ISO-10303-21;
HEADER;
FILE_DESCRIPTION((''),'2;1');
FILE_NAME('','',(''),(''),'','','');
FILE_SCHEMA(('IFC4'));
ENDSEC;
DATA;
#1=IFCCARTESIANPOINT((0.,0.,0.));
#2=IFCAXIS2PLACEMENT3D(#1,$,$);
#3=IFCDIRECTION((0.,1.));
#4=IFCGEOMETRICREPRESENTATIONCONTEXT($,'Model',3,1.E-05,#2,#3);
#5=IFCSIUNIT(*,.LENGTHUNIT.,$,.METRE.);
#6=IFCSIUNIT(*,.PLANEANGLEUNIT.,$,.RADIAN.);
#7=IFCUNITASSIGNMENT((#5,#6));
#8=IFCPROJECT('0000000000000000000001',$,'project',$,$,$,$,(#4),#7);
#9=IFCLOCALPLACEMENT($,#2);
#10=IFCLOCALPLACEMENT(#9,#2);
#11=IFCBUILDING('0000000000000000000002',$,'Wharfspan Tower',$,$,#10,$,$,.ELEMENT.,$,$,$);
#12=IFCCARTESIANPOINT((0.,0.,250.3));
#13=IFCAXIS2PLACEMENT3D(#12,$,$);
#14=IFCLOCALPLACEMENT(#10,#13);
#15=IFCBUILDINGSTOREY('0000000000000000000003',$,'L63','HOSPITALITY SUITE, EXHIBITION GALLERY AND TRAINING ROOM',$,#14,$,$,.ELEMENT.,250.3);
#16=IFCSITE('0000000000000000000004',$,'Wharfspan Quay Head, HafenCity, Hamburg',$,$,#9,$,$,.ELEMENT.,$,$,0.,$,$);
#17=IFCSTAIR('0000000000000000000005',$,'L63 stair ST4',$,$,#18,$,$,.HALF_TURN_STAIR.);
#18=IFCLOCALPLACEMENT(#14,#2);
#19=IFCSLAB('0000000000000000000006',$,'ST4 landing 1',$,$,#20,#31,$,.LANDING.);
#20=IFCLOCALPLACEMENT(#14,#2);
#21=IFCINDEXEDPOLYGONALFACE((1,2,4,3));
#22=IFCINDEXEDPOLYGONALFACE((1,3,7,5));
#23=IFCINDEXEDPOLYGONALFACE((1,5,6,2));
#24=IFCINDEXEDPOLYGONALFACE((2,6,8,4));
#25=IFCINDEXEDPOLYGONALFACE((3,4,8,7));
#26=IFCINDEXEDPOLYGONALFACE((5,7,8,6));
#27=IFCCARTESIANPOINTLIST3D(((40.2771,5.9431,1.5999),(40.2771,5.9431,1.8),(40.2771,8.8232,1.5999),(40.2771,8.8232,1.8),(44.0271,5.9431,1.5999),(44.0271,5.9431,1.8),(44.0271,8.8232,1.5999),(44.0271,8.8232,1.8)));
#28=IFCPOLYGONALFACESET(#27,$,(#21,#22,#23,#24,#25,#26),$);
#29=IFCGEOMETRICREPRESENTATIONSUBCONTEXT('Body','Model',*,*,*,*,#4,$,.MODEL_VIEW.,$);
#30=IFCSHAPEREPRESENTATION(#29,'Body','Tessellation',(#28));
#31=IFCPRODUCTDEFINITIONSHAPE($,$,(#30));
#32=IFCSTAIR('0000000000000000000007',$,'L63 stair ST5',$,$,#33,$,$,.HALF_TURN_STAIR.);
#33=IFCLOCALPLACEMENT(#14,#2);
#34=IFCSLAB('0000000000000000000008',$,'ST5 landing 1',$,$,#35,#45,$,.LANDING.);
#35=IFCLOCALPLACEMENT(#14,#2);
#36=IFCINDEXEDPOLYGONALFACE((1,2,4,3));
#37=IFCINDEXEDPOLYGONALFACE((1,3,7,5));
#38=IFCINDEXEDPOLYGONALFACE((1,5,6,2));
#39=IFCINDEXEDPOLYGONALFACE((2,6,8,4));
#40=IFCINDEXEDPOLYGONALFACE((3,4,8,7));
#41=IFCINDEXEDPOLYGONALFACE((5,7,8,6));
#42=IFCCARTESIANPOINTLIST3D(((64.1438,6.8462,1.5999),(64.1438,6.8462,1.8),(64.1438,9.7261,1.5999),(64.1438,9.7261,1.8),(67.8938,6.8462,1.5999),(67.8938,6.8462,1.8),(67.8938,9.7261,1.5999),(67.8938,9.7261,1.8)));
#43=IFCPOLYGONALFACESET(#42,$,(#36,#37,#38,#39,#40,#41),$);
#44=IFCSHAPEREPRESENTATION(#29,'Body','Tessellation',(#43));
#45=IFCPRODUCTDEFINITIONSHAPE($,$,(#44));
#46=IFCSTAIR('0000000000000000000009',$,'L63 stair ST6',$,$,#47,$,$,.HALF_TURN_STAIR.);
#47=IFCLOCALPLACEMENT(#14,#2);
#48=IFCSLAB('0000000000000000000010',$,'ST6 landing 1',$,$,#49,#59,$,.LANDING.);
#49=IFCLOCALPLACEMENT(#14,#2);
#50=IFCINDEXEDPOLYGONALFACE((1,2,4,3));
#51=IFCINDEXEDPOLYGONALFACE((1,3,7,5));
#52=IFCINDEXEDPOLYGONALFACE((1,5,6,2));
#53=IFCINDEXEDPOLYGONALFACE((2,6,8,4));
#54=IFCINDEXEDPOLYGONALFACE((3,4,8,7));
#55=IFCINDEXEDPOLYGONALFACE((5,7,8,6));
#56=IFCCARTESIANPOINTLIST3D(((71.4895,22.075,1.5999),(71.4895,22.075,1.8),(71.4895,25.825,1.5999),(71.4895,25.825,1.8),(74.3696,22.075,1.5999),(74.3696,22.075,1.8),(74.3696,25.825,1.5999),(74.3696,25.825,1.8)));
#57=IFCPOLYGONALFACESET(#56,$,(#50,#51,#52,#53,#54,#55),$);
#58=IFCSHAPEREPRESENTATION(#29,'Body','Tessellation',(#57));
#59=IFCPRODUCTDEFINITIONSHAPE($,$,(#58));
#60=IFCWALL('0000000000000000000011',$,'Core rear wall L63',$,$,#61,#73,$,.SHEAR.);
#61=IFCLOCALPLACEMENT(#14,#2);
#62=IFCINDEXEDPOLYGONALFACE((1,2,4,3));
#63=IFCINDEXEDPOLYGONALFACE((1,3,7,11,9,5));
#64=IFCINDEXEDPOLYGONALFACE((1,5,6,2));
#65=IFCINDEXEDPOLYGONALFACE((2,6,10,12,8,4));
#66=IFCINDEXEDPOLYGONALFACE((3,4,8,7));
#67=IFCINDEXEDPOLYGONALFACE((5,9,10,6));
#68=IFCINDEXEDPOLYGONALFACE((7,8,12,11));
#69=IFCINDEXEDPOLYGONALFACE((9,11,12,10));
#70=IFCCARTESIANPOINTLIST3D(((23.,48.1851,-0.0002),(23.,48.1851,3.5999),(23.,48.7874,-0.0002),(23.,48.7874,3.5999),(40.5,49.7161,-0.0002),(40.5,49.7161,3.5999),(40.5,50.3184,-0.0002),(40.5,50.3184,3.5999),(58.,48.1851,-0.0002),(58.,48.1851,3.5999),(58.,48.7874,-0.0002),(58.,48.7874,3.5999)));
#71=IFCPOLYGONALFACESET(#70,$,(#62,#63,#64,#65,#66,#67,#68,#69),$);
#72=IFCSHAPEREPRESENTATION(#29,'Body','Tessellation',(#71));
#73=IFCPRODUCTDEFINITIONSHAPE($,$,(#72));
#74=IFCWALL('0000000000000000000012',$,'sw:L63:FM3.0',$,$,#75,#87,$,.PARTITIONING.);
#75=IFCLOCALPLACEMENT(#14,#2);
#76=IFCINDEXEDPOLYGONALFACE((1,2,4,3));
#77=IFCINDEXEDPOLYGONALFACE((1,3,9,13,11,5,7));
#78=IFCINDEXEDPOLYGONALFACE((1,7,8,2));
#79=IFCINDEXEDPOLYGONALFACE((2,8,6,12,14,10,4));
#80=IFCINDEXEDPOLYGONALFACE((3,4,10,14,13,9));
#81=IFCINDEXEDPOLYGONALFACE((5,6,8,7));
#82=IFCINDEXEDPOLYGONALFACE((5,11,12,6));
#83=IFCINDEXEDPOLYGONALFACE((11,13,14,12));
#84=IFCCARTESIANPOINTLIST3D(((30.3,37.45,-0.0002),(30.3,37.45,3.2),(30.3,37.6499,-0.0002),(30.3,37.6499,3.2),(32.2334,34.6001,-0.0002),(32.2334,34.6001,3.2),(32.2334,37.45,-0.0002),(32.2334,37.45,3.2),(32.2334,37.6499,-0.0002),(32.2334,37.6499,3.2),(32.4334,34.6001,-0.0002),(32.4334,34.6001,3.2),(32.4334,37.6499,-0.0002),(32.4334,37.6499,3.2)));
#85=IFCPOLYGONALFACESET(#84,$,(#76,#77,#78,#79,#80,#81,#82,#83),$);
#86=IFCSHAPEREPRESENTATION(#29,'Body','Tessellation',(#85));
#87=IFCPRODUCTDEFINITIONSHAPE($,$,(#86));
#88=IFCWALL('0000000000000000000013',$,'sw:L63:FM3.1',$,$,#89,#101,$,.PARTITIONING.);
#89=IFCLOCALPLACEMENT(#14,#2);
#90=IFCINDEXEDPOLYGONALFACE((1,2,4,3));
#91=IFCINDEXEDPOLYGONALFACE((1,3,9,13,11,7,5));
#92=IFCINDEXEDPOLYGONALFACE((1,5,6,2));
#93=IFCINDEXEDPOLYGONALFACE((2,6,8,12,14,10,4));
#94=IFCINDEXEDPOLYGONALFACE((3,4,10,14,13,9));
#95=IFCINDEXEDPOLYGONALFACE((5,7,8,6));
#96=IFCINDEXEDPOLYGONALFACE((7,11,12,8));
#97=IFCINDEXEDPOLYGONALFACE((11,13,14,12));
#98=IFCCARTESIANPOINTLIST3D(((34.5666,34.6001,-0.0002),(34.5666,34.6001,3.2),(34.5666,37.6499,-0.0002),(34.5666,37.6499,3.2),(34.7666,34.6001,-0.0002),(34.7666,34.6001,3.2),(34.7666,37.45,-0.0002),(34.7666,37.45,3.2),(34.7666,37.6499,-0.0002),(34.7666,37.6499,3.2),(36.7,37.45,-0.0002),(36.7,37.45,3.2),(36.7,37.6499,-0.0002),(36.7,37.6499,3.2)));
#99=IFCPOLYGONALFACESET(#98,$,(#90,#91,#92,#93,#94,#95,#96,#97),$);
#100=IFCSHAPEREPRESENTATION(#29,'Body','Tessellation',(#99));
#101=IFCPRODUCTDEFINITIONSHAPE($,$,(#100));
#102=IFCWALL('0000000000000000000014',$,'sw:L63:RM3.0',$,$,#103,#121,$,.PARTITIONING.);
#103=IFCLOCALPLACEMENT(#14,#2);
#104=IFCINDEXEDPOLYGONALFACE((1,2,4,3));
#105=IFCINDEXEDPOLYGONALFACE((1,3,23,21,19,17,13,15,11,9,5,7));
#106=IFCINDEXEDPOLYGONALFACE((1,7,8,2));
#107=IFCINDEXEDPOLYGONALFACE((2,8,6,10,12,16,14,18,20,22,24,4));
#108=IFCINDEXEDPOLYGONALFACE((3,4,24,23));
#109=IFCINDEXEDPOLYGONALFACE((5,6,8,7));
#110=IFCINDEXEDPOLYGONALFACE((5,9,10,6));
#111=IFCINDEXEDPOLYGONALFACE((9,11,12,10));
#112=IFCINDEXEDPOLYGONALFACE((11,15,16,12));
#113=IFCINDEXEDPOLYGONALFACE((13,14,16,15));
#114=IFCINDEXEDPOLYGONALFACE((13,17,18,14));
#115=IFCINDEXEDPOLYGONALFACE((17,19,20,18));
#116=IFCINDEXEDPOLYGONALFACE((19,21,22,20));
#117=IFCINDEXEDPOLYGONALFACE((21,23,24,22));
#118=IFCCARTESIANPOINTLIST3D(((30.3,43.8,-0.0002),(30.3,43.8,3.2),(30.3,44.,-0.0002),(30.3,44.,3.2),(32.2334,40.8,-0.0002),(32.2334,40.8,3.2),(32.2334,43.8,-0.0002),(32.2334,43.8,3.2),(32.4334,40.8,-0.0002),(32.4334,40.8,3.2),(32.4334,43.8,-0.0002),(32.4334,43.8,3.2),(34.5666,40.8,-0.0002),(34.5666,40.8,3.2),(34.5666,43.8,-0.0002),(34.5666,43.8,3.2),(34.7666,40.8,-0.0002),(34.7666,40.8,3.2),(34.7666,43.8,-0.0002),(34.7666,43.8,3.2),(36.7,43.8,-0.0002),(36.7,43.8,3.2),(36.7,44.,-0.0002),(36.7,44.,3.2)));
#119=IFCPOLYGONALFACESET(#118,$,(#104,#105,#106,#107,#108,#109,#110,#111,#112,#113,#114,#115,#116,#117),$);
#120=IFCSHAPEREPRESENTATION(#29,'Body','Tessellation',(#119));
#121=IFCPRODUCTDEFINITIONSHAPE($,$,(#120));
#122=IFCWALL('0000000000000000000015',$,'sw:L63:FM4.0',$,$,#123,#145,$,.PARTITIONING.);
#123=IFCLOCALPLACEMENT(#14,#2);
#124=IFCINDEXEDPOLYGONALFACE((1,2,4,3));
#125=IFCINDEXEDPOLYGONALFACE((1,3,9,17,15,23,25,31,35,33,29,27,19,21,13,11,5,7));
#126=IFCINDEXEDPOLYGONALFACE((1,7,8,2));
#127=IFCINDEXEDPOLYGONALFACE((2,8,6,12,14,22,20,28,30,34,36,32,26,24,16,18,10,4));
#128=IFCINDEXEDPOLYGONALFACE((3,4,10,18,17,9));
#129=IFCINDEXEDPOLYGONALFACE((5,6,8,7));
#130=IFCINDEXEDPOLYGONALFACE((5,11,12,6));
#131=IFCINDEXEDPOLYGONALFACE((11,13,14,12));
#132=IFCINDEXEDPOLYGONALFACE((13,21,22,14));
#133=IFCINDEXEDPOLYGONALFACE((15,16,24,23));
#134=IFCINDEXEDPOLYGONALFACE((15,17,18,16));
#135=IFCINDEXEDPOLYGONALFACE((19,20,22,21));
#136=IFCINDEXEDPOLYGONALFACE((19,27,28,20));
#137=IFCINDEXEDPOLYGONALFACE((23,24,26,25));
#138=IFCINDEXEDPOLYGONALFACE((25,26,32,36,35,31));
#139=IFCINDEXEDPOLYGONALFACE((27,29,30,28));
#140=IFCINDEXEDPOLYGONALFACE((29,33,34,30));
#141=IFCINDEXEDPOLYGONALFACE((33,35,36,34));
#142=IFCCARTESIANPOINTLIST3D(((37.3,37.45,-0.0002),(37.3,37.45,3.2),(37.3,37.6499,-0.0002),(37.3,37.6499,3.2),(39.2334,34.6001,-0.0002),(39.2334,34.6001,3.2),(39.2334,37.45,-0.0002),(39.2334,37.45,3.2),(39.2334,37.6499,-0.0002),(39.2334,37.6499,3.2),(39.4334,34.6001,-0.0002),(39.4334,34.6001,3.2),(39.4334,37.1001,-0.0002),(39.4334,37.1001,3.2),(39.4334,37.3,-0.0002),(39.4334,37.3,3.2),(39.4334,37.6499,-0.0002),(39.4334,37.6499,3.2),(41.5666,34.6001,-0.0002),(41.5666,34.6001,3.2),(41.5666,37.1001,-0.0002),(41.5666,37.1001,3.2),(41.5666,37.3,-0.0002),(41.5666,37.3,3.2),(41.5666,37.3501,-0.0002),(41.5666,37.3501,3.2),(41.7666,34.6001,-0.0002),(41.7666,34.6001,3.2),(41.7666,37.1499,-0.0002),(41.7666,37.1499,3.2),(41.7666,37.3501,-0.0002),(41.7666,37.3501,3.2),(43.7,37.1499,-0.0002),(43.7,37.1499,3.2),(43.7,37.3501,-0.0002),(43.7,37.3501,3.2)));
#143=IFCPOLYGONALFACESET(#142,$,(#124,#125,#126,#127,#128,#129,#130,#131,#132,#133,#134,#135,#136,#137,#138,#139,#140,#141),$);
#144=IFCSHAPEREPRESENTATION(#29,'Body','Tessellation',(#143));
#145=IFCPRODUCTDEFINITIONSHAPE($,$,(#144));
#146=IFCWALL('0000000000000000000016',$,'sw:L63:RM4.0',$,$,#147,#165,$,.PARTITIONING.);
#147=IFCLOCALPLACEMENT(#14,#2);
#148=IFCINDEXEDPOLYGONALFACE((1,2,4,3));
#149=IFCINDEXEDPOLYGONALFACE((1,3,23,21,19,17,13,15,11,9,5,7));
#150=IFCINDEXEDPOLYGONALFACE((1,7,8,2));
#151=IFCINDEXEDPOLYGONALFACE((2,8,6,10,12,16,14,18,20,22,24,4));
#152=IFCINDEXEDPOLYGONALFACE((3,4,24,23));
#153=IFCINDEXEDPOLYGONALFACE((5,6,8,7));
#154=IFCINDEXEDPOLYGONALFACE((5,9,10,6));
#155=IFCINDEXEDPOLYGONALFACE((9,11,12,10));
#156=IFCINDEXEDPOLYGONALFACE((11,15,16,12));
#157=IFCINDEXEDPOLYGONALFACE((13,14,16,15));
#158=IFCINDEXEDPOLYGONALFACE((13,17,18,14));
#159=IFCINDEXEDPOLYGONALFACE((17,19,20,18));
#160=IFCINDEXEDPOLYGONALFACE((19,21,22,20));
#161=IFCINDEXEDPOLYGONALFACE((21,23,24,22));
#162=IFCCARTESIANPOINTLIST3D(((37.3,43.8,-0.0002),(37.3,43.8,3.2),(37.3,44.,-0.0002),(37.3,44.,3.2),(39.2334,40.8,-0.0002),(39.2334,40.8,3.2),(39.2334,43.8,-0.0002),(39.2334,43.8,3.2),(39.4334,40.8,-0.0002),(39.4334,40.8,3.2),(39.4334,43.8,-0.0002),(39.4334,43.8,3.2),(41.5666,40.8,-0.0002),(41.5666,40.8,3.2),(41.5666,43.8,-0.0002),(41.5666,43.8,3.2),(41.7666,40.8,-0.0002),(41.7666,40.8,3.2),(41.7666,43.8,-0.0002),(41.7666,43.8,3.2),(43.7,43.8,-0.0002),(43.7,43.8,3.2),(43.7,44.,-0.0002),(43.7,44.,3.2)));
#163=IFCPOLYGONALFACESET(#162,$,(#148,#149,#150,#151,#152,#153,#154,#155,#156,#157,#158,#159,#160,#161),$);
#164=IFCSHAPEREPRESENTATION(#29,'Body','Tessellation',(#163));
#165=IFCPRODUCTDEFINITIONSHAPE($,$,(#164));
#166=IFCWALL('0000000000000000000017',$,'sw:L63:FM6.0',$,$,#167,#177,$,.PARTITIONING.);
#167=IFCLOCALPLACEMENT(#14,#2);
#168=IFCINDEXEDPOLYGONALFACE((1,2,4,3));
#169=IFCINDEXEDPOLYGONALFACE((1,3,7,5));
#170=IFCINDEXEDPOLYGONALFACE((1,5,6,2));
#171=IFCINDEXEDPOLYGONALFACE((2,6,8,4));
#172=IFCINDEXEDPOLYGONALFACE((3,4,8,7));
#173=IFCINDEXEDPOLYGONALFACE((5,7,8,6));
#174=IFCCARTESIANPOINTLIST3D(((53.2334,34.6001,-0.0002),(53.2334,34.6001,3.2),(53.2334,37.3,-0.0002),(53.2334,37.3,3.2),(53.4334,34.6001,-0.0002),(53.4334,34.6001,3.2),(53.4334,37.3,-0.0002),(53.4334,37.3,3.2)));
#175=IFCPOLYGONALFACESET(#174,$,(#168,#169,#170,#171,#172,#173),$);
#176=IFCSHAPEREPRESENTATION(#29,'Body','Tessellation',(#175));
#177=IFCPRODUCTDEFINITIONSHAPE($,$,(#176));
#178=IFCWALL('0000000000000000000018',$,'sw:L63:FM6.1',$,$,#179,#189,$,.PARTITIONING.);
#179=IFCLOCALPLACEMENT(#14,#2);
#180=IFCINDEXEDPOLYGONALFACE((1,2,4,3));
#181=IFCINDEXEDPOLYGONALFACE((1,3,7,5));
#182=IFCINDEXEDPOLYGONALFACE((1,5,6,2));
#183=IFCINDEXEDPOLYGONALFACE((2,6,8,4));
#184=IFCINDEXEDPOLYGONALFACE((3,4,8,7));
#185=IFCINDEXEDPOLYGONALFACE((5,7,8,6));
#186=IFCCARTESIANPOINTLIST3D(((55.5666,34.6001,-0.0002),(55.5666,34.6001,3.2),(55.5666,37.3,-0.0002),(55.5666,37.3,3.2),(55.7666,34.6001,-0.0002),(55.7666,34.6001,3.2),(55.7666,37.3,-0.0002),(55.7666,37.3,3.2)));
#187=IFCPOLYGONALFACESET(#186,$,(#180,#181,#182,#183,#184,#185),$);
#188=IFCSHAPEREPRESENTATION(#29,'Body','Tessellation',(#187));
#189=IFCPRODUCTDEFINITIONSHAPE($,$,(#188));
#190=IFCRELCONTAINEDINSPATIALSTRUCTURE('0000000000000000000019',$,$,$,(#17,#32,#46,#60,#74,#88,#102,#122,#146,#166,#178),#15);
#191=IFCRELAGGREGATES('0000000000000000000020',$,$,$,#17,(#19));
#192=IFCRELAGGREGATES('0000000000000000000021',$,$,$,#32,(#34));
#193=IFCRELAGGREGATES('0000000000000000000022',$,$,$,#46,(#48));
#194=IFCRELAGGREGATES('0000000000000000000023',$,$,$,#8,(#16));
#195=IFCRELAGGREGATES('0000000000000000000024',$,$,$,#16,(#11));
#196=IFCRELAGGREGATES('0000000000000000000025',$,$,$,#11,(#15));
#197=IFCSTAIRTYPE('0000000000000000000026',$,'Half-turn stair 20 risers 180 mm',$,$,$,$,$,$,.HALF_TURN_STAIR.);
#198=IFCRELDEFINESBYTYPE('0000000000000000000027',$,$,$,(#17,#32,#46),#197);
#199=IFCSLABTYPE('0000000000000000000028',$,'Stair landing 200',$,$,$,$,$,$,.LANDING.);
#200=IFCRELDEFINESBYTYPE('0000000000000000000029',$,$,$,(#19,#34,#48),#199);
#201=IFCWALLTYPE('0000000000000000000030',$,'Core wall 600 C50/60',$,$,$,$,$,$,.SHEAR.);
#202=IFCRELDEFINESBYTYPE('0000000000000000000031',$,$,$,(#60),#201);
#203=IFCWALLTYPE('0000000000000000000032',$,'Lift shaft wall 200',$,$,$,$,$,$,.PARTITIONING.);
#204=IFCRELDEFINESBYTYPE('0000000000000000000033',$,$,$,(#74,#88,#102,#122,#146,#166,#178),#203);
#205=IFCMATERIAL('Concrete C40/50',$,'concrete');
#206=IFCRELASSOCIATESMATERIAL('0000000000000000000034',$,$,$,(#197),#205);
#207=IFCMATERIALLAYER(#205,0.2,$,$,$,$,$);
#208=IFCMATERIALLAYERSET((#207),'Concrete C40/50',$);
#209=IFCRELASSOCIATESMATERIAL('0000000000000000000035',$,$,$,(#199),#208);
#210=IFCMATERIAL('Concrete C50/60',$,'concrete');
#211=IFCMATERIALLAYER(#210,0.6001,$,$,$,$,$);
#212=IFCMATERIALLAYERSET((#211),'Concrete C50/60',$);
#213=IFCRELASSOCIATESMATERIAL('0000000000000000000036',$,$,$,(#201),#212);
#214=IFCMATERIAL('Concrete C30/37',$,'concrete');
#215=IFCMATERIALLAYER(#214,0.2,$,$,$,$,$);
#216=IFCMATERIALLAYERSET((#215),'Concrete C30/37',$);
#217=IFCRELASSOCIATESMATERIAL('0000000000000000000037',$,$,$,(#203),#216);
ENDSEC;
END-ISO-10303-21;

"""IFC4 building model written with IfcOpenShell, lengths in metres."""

from ifc_helpers import new_model, si_unit, direction, frame, origin, place, context, subcontext, project, spatial, polyline, outline, extrude, material, layer, layer_set, type_object, element, aggregate, save


model = new_model("IFC4")

# Units and contexts
model_context = context("Model", 3, precision=1e-05, world=origin(), true_north=direction((0.0, 1.0)))
body_context = subcontext(model_context, "Body", "Model", "MODEL_VIEW")
ifc_project = project(units=[si_unit("LENGTHUNIT", "METRE"), si_unit("PLANEANGLEUNIT", "RADIAN")], contexts=[model_context])

# Site, building, storey
site_placement = place(None, origin())
site = spatial("IfcSite", under=ifc_project, at=site_placement, Name="Wharfspan Quay Head, HafenCity, Hamburg", CompositionType="ELEMENT", RefElevation=0.0)
building_placement = place(site_placement, origin())
building = spatial("IfcBuilding", under=site, at=building_placement, Name="Wharfspan Tower", CompositionType="ELEMENT")
storey_placement = place(building_placement, frame((0.0, 0.0, 250.3)))
storey = spatial("IfcBuildingStorey", under=building, at=storey_placement, Name="L63", Description="HOSPITALITY SUITE, EXHIBITION GALLERY AND TRAINING ROOM", CompositionType="ELEMENT", Elevation=250.3)

# Shared definitions
ifc_material_1 = material(Name="Concrete C40/50", Category="concrete")

# Stairs, slabs
stair_type = type_object("IfcStairType", Name="Half-turn stair 20 risers 180 mm", PredefinedType="HALF_TURN_STAIR", material=ifc_material_1)
ifc_layer_1 = layer(ifc_material_1, 0.2)
ifc_layer_set_1 = layer_set([ifc_layer_1], Name="Concrete C40/50")
slab_type_1 = type_object("IfcSlabType", Name="Stair landing 200", PredefinedType="LANDING", material=ifc_layer_set_1)
stair_1_placement = place(storey_placement, origin())
stair_1 = element("IfcStair", 1, at=stair_1_placement, inside=storey, type_object=stair_type, Name="L63 stair ST4", PredefinedType="HALF_TURN_STAIR")
slab_1_placement = place(storey_placement, frame((0.0, 0.0, 1.5999)))
slab_1 = element("IfcSlab", 2, at=slab_1_placement, type_object=slab_type_1, Name="ST4 landing 1", PredefinedType="LANDING", context=body_context, shape_type="SweptSolid", body=[
    extrude(outline(polyline([(40.2771, 8.8232), (40.2771, 5.9431), (44.0271, 5.9431), (44.0271, 8.8232), (40.2771, 8.8232)])), origin(), (0.0, 0.0, 1.0), 0.2002),
])
aggregate(stair_1, [slab_1])
stair_2_placement = place(storey_placement, origin())
stair_2 = element("IfcStair", 3, at=stair_2_placement, inside=storey, type_object=stair_type, Name="L63 stair ST5", PredefinedType="HALF_TURN_STAIR")
slab_2_placement = place(storey_placement, frame((0.0, 0.0, 1.5999)))
slab_2 = element("IfcSlab", 4, at=slab_2_placement, type_object=slab_type_1, Name="ST5 landing 1", PredefinedType="LANDING", context=body_context, shape_type="SweptSolid", body=[
    extrude(outline(polyline([(64.1438, 9.7261), (64.1438, 6.8462), (67.8938, 6.8462), (67.8938, 9.7261), (64.1438, 9.7261)])), origin(), (0.0, 0.0, 1.0), 0.2002),
])
aggregate(stair_2, [slab_2])
stair_3_placement = place(storey_placement, origin())
stair_3 = element("IfcStair", 5, at=stair_3_placement, inside=storey, type_object=stair_type, Name="L63 stair ST6", PredefinedType="HALF_TURN_STAIR")
slab_3_placement = place(storey_placement, frame((0.0, 0.0, 1.5999)))
slab_3 = element("IfcSlab", 6, at=slab_3_placement, type_object=slab_type_1, Name="ST6 landing 1", PredefinedType="LANDING", context=body_context, shape_type="SweptSolid", body=[
    extrude(outline(polyline([(71.4895, 22.075), (74.3696, 22.075), (74.3696, 25.825), (71.4895, 25.825), (71.4895, 22.075)])), origin(), (0.0, 0.0, 1.0), 0.2002),
])
aggregate(stair_3, [slab_3])

# Walls
ifc_material_2 = material(Name="Concrete C50/60", Category="concrete")
ifc_layer_2 = layer(ifc_material_2, 0.6001)
ifc_layer_set_2 = layer_set([ifc_layer_2], Name="Concrete C50/60")
wall_type_1 = type_object("IfcWallType", Name="Core wall 600 C50/60", PredefinedType="SHEAR", material=ifc_layer_set_2)
wall_1_placement = place(storey_placement, frame((0.0, 0.0, -0.0002)))
element("IfcWall", 7, at=wall_1_placement, inside=storey, type_object=wall_type_1, Name="Core rear wall L63", PredefinedType="SHEAR", context=body_context, shape_type="SweptSolid", body=[
    extrude(outline(polyline([(23.0, 48.1851), (40.5, 49.7161), (58.0, 48.1851), (58.0, 48.7874), (40.5, 50.3184), (23.0, 48.7874), (23.0, 48.1851)])), origin(), (0.0, 0.0, 1.0), 3.6001),
])
ifc_material_3 = material(Name="Concrete C30/37", Category="concrete")
ifc_layer_3 = layer(ifc_material_3, 0.2)
ifc_layer_set_3 = layer_set([ifc_layer_3], Name="Concrete C30/37")
wall_type_2 = type_object("IfcWallType", Name="Lift shaft wall 200", PredefinedType="PARTITIONING", material=ifc_layer_set_3)
wall_2_placement = place(storey_placement, frame((0.0, 0.0, -0.0002)))
element("IfcWall", 8, at=wall_2_placement, inside=storey, type_object=wall_type_2, Name="sw:L63:FM3.0", PredefinedType="PARTITIONING", context=body_context, shape_type="SweptSolid", body=[
    extrude(outline(polyline([(32.2334, 37.45), (30.3, 37.45), (30.3, 37.6499), (32.2334, 37.6499), (32.4333, 37.6499), (32.4333, 34.6001), (32.2334, 34.6001), (32.2334, 37.45)])), origin(), (0.0, 0.0, 1.0), 3.2002),
])
wall_3_placement = place(storey_placement, frame((0.0, 0.0, -0.0002)))
element("IfcWall", 9, at=wall_3_placement, inside=storey, type_object=wall_type_2, Name="sw:L63:FM3.1", PredefinedType="PARTITIONING", context=body_context, shape_type="SweptSolid", body=[
    extrude(outline(polyline([(34.5667, 37.6499), (34.7666, 37.6499), (36.7, 37.6499), (36.7, 37.45), (34.7666, 37.45), (34.7666, 34.6001), (34.5667, 34.6001), (34.5667, 37.6499)])), origin(), (0.0, 0.0, 1.0), 3.2002),
])
wall_4_placement = place(storey_placement, frame((0.0, 0.0, -0.0002)))
element("IfcWall", 10, at=wall_4_placement, inside=storey, type_object=wall_type_2, Name="sw:L63:RM3.0", PredefinedType="PARTITIONING", context=body_context, shape_type="SweptSolid", body=[
    extrude(outline(polyline([(32.4333, 40.8), (32.2334, 40.8), (32.2334, 43.8), (30.3, 43.8), (30.3, 44.0), (36.7, 44.0), (36.7, 43.8), (34.7666, 43.8), (34.7666, 40.8), (34.5667, 40.8), (34.5667, 43.8), (32.4333, 43.8), (32.4333, 40.8)])), origin(), (0.0, 0.0, 1.0), 3.2002),
])
wall_5_placement = place(storey_placement, frame((0.0, 0.0, -0.0002)))
element("IfcWall", 11, at=wall_5_placement, inside=storey, type_object=wall_type_2, Name="sw:L63:FM4.0", PredefinedType="PARTITIONING", context=body_context, shape_type="SweptSolid", body=[
    extrude(outline(polyline([(41.5667, 37.1001), (39.4333, 37.1001), (39.4333, 34.6001), (39.2334, 34.6001), (39.2334, 37.45), (37.3, 37.45), (37.3, 37.6499), (39.2334, 37.6499), (39.4333, 37.6499), (39.4333, 37.3), (41.5667, 37.3), (41.5667, 37.3501), (41.7666, 37.3501), (43.7, 37.3501), (43.7, 37.1499), (41.7666, 37.1499), (41.7666, 34.6001), (41.5667, 34.6001), (41.5667, 37.1001)])), origin(), (0.0, 0.0, 1.0), 3.2002),
])
wall_6_placement = place(storey_placement, frame((0.0, 0.0, -0.0002)))
element("IfcWall", 12, at=wall_6_placement, inside=storey, type_object=wall_type_2, Name="sw:L63:RM4.0", PredefinedType="PARTITIONING", context=body_context, shape_type="SweptSolid", body=[
    extrude(outline(polyline([(39.4333, 40.8), (39.2334, 40.8), (39.2334, 43.8), (37.3, 43.8), (37.3, 44.0), (43.7, 44.0), (43.7, 43.8), (41.7666, 43.8), (41.7666, 40.8), (41.5667, 40.8), (41.5667, 43.8), (39.4333, 43.8), (39.4333, 40.8)])), origin(), (0.0, 0.0, 1.0), 3.2002),
])
wall_7_placement = place(storey_placement, frame((0.0, 0.0, -0.0002)))
element("IfcWall", 13, at=wall_7_placement, inside=storey, type_object=wall_type_2, Name="sw:L63:FM6.0", PredefinedType="PARTITIONING", context=body_context, shape_type="SweptSolid", body=[
    extrude(outline(polyline([(53.2334, 34.6001), (53.2334, 37.3), (53.4333, 37.3), (53.4333, 34.6001), (53.2334, 34.6001)])), origin(), (0.0, 0.0, 1.0), 3.2002),
])
wall_8_placement = place(storey_placement, frame((0.0, 0.0, -0.0002)))
element("IfcWall", 14, at=wall_8_placement, inside=storey, type_object=wall_type_2, Name="sw:L63:FM6.1", PredefinedType="PARTITIONING", context=body_context, shape_type="SweptSolid", body=[
    extrude(outline(polyline([(55.5667, 34.6001), (55.5667, 37.3), (55.7666, 37.3), (55.7666, 34.6001), (55.5667, 34.6001)])), origin(), (0.0, 0.0, 1.0), 3.2002),
])

save(model, "model.ifc")
